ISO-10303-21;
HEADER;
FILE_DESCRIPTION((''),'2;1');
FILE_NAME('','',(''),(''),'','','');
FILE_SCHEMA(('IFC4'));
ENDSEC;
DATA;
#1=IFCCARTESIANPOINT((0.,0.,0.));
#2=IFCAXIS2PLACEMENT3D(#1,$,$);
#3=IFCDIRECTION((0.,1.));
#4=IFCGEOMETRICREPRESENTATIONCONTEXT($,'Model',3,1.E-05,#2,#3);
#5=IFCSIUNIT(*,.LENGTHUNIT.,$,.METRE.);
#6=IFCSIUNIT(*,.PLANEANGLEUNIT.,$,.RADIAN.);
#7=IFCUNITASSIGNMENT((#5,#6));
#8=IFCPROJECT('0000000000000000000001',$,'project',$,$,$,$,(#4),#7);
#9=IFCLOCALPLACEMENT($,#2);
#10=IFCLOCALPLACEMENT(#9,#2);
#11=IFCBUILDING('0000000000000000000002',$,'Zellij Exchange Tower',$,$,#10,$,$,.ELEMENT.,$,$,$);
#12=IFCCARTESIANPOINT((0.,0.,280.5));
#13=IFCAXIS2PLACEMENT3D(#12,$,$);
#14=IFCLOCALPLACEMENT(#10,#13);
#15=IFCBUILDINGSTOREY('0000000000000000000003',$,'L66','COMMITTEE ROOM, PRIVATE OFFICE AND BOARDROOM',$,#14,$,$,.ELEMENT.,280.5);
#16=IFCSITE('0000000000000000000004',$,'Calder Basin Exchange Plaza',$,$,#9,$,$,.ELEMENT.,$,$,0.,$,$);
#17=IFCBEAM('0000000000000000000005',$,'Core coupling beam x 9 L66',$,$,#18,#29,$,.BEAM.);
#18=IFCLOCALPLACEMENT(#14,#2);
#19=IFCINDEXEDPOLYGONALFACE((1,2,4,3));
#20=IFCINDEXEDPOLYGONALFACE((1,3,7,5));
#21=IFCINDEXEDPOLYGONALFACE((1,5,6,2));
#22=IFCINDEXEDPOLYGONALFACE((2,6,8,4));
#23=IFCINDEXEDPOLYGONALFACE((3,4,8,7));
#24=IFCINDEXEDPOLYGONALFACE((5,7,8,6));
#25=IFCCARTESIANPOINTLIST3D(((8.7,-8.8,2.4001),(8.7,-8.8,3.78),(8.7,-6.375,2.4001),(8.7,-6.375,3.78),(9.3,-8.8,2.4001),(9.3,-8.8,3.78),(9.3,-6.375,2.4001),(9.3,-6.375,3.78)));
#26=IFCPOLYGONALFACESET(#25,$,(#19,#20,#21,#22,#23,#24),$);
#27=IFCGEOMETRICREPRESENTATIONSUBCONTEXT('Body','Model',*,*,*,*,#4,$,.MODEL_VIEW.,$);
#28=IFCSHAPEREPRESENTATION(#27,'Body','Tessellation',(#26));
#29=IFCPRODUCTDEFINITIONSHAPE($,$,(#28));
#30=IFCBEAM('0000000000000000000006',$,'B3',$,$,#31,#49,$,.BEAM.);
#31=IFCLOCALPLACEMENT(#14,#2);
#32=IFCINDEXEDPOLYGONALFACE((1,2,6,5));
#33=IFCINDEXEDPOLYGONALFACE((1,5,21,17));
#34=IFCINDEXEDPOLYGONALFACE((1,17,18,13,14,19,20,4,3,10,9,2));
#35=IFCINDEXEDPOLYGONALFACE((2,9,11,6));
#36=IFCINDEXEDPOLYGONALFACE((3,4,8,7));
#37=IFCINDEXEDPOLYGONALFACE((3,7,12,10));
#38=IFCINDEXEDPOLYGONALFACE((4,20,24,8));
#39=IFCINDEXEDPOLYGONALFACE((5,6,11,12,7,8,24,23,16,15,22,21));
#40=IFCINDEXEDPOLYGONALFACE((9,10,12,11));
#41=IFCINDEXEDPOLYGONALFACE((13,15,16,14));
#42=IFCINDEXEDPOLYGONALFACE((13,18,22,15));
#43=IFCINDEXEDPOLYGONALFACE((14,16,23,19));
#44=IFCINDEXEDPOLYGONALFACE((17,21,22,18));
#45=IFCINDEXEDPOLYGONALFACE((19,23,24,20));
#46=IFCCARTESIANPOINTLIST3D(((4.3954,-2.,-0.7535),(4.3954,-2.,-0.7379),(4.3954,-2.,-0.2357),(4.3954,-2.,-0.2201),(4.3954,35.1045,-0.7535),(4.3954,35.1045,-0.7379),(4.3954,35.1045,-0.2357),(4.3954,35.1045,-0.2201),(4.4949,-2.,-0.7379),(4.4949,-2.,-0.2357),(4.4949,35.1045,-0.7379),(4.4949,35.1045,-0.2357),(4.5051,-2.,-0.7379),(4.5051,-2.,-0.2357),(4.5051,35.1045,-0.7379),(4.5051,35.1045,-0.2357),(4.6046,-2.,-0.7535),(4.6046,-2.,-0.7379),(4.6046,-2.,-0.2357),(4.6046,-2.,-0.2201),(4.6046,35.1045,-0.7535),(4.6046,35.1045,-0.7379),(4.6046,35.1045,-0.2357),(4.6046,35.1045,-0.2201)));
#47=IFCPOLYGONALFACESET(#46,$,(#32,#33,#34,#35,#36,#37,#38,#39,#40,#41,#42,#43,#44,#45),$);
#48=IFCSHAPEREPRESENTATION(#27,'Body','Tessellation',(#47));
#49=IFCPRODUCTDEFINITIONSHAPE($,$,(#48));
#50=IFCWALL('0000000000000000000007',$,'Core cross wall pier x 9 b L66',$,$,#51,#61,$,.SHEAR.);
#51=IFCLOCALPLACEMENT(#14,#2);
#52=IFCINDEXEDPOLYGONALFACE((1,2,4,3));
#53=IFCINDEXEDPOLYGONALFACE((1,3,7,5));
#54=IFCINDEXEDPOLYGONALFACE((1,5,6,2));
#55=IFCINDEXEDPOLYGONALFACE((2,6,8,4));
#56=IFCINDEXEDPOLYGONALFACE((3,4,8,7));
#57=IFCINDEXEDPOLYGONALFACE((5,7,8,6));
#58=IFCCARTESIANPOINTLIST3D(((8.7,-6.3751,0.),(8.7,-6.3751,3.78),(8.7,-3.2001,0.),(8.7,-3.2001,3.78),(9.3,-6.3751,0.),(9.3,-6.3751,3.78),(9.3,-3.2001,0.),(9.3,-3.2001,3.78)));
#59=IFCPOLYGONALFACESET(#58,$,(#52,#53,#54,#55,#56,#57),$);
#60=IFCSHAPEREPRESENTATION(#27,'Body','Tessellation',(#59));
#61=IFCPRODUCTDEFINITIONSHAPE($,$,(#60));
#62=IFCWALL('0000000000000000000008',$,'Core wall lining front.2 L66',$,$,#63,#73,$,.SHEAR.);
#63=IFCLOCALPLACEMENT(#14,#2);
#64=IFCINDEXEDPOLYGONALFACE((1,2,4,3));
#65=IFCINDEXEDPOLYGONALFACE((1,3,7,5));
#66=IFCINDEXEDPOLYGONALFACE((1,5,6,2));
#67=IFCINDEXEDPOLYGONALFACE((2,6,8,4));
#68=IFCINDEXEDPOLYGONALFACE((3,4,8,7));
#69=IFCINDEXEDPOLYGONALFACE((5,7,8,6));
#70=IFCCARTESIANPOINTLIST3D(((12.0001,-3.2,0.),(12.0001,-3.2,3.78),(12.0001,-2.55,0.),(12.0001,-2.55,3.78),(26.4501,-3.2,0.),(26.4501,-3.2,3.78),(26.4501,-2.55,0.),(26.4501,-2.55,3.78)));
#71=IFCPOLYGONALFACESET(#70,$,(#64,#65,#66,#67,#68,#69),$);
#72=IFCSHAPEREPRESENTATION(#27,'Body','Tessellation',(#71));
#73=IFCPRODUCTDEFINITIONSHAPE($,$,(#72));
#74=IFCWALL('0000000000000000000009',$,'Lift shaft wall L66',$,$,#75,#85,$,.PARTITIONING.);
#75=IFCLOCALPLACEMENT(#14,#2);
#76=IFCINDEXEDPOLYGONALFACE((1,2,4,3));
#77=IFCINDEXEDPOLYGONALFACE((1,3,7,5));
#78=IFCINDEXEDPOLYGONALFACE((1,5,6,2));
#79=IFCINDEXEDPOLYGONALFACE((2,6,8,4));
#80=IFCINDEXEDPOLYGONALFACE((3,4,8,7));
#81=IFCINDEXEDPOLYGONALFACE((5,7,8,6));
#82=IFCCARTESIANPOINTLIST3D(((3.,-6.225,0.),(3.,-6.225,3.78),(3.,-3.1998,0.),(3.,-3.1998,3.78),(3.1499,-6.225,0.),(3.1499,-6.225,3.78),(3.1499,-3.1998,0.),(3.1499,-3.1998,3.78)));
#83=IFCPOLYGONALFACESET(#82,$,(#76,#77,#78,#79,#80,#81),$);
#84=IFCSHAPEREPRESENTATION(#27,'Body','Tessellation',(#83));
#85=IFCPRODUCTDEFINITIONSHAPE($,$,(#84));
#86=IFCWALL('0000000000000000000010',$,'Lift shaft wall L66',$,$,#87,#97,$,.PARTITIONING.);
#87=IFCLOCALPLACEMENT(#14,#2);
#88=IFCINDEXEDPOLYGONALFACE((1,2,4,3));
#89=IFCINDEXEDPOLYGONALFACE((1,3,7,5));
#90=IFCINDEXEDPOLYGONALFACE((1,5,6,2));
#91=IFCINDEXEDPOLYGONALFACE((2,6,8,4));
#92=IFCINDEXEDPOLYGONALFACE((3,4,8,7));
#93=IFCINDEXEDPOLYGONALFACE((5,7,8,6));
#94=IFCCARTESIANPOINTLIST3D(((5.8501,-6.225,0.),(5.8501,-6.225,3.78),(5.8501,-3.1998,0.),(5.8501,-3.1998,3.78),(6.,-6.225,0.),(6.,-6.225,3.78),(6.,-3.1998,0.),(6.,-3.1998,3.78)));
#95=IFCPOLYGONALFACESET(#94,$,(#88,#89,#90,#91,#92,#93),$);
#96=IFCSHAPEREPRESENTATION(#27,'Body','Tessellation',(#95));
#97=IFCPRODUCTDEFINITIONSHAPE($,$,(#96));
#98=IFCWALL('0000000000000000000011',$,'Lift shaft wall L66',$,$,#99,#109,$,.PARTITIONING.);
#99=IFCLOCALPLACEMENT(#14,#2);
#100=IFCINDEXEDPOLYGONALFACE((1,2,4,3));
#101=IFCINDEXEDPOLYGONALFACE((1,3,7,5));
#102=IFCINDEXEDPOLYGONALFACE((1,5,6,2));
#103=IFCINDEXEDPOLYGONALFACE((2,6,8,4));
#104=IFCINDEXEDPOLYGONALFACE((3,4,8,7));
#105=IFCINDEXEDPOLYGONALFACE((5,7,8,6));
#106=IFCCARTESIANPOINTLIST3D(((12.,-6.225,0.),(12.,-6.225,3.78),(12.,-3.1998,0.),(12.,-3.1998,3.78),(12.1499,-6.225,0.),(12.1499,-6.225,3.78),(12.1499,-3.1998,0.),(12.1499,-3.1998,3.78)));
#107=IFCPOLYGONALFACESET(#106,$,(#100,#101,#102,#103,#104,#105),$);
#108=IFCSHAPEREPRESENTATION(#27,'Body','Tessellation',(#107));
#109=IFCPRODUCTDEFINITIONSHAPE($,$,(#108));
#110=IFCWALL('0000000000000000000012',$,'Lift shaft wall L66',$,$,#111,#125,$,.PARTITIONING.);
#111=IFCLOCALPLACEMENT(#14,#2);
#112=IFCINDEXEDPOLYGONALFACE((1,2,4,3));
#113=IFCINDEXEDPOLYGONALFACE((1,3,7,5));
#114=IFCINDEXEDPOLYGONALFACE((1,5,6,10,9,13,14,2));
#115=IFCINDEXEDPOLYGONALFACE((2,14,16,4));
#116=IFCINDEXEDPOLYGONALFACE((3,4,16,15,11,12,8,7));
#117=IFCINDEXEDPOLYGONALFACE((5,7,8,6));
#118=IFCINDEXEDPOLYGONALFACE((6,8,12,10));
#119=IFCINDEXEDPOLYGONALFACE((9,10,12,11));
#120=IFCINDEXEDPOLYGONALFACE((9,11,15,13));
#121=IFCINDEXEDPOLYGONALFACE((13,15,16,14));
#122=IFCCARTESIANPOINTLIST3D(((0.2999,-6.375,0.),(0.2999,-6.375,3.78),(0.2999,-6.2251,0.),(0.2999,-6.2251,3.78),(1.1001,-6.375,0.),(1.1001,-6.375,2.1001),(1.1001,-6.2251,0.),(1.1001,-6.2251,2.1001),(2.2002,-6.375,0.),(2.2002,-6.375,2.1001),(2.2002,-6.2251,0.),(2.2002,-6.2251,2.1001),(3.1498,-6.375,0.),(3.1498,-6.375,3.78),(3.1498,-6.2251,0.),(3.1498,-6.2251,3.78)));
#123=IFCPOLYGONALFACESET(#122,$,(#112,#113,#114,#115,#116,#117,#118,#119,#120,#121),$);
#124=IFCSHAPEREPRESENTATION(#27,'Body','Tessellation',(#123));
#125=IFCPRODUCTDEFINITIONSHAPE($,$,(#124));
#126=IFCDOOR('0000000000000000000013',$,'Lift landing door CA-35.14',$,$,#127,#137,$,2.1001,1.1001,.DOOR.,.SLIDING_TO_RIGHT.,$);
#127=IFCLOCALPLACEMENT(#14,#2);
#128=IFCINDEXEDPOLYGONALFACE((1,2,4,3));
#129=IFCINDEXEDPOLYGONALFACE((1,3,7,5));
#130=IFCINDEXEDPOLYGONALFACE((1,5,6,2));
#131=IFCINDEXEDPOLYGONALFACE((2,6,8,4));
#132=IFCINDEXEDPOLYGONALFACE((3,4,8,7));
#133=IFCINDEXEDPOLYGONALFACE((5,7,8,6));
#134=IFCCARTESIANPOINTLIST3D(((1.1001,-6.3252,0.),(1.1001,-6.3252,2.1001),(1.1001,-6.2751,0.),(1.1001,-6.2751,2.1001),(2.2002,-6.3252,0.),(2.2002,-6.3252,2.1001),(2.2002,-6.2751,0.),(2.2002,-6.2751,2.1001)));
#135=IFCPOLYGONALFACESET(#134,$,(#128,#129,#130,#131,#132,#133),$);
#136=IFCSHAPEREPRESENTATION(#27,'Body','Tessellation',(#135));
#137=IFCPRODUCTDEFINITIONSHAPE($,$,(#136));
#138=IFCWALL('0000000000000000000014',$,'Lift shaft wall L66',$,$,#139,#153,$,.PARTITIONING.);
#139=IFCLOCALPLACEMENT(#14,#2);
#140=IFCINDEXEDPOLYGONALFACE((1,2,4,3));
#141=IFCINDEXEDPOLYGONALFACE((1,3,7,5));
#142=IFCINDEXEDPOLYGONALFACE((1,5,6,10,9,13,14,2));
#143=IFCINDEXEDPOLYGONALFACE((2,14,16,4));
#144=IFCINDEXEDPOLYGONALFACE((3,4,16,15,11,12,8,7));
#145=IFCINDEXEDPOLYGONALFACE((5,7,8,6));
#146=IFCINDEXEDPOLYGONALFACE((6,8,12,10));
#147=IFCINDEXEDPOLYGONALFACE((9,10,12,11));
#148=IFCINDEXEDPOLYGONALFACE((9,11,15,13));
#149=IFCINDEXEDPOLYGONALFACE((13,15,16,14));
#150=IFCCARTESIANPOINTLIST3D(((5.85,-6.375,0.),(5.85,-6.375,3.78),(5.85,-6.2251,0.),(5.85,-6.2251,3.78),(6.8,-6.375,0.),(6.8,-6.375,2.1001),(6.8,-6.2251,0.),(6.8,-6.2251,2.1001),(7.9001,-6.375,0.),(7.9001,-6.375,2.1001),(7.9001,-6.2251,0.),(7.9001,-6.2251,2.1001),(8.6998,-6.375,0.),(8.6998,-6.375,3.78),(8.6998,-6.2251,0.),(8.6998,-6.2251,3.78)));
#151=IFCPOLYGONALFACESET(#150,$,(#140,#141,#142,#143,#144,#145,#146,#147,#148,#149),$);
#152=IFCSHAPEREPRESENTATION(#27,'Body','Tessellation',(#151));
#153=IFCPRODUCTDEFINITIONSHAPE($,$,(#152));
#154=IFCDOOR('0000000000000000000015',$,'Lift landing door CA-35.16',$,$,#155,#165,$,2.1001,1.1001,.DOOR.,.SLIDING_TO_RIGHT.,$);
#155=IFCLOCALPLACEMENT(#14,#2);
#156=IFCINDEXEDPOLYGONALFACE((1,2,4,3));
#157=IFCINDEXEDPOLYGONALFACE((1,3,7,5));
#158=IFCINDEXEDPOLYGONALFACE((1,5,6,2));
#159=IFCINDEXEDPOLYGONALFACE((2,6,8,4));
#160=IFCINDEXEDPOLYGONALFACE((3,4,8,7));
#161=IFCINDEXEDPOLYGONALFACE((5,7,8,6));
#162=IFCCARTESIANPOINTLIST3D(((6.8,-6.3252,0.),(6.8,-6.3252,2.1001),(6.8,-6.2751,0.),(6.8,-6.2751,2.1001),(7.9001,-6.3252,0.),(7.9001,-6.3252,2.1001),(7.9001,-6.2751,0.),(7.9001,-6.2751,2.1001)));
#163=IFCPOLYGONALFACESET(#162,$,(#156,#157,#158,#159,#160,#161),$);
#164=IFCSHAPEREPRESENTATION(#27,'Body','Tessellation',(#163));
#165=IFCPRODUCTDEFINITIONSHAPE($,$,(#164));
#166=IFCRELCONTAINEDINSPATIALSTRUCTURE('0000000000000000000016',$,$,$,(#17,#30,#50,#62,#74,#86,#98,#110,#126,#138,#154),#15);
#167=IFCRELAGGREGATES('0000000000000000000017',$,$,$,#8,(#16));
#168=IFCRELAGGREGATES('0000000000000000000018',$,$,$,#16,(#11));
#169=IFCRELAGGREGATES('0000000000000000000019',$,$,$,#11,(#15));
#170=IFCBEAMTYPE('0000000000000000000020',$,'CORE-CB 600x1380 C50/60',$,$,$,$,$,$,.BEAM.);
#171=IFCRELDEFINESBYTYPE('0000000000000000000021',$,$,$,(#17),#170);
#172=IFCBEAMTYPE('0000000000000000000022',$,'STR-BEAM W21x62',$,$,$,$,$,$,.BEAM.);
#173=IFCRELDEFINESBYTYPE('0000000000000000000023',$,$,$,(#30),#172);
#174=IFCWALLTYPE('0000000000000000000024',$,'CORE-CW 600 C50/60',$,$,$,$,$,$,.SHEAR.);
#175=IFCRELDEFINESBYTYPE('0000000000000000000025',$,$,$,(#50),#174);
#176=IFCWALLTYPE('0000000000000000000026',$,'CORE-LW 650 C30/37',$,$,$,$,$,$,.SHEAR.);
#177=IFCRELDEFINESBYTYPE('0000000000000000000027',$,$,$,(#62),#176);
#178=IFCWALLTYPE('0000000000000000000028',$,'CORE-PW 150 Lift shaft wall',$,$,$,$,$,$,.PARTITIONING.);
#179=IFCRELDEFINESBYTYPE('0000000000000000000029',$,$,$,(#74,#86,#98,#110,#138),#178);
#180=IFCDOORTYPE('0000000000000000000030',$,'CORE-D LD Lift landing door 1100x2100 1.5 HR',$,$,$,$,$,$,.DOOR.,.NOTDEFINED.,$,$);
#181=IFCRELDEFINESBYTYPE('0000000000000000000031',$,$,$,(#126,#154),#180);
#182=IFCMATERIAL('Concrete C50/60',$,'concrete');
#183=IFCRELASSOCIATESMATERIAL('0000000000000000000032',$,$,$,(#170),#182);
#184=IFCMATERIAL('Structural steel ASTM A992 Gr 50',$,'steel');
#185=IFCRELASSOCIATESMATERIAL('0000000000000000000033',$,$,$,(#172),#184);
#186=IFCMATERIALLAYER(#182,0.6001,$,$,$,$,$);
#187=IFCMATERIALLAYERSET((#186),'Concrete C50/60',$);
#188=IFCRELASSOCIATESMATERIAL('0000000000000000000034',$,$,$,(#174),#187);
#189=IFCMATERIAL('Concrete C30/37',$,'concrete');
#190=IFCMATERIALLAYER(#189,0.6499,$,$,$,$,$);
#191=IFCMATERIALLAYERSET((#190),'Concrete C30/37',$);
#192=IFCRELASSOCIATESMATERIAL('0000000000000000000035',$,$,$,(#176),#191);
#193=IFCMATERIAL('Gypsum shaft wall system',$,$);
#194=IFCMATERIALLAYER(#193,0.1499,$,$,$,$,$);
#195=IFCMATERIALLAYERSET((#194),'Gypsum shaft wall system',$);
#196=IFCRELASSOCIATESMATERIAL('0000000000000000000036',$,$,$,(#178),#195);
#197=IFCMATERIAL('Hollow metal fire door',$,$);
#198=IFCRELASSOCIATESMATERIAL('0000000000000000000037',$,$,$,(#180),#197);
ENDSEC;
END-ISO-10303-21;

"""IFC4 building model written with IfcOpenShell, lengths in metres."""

from ifc_helpers import new_model, si_unit, direction, frame, frame_2d, origin, origin_2d, place, context, subcontext, project, spatial, rectangle, i_section, extrude, material, layer, layer_set, material_profile, profile_set, type_object, element, fill, save


model = new_model("IFC4")

# Units and contexts
model_context = context("Model", 3, precision=1e-05, world=origin(), true_north=direction((0.0, 1.0)))
body_context = subcontext(model_context, "Body", "Model", "MODEL_VIEW")
ifc_project = project(units=[si_unit("LENGTHUNIT", "METRE"), si_unit("PLANEANGLEUNIT", "RADIAN")], contexts=[model_context])

# Site, building, storey
site_placement = place(None, origin())
site = spatial("IfcSite", under=ifc_project, at=site_placement, Name="Calder Basin Exchange Plaza", CompositionType="ELEMENT", RefElevation=0.0)
building_placement = place(site_placement, origin())
building = spatial("IfcBuilding", under=site, at=building_placement, Name="Zellij Exchange Tower", CompositionType="ELEMENT")
storey_placement = place(building_placement, frame((0.0, 0.0, 280.5)))
storey = spatial("IfcBuildingStorey", under=building, at=storey_placement, Name="L66", Description="COMMITTEE ROOM, PRIVATE OFFICE AND BOARDROOM", CompositionType="ELEMENT", Elevation=280.5)

# Beams
ifc_material_1 = material(Name="Concrete C50/60", Category="concrete")
ifc_material_profile_1 = material_profile(ifc_material_1, rectangle(XDim=0.6001, YDim=1.3799, at=origin_2d()), Name="CORE-CB 600x1380 C50/60")
ifc_profile_set_1 = profile_set([ifc_material_profile_1], Name="Concrete C50/60")
beam_type_1 = type_object("IfcBeamType", Name="CORE-CB 600x1380 C50/60", PredefinedType="BEAM", material=ifc_profile_set_1)
beam_1_placement = place(storey_placement, frame((9.0, -8.8, 3.0901), z_axis=(0.0, 1.0, 0.0), x_axis=(-1.0, 0.0, 0.0)))
element("IfcBeam", 1, at=beam_1_placement, inside=storey, type_object=beam_type_1, Name="Core coupling beam x 9 L66", PredefinedType="BEAM", context=body_context, shape_type="SweptSolid", body=[
    extrude(rectangle(XDim=0.6001, YDim=1.3799, at=origin_2d()), origin(), (0.0, 0.0, 1.0), 2.425),
])
ifc_material_2 = material(Name="Structural steel ASTM A992 Gr 50", Category="steel")
ifc_material_profile_2 = material_profile(ifc_material_2, i_section(OverallWidth=0.2092, OverallDepth=0.5334, WebThickness=0.0103, FlangeThickness=0.0156, at=origin_2d()), Name="W21x62")
ifc_profile_set_2 = profile_set([ifc_material_profile_2], Name="Structural steel ASTM A992 Gr 50")
beam_type_2 = type_object("IfcBeamType", Name="STR-BEAM W21x62", PredefinedType="BEAM", material=ifc_profile_set_2)
beam_2_placement = place(storey_placement, frame((4.5, -2.0, -0.4868), z_axis=(0.0, 1.0, 0.0), x_axis=(-1.0, 0.0, 0.0)))
element("IfcBeam", 2, at=beam_2_placement, inside=storey, type_object=beam_type_2, Name="B3", PredefinedType="BEAM", context=body_context, shape_type="SweptSolid", body=[
    extrude(i_section(OverallWidth=0.2092, OverallDepth=0.5334, WebThickness=0.0103, FlangeThickness=0.0156, at=origin_2d()), origin(), (0.0, 0.0, 1.0), 37.1045),
])

# Walls
ifc_layer_1 = layer(ifc_material_1, 0.6001)
ifc_layer_set_1 = layer_set([ifc_layer_1], Name="Concrete C50/60")
wall_type_1 = type_object("IfcWallType", Name="CORE-CW 600 C50/60", PredefinedType="SHEAR", material=ifc_layer_set_1)
wall_1_placement = place(storey_placement, frame((9.0, -6.375, 0.0), z_axis=(0.0, 0.0, 1.0), x_axis=(0.0, 1.0, 0.0)))
element("IfcWall", 3, at=wall_1_placement, inside=storey, type_object=wall_type_1, Name="Core cross wall pier x 9 b L66", PredefinedType="SHEAR", context=body_context, shape_type="SweptSolid", body=[
    extrude(rectangle(XDim=3.175, YDim=0.6001, at=frame_2d((1.5874, 0.0))), origin(), (0.0, 0.0, 1.0), 3.78),
])
ifc_material_3 = material(Name="Concrete C30/37", Category="concrete")
ifc_layer_2 = layer(ifc_material_3, 0.6499)
ifc_layer_set_2 = layer_set([ifc_layer_2], Name="Concrete C30/37")
wall_type_2 = type_object("IfcWallType", Name="CORE-LW 650 C30/37", PredefinedType="SHEAR", material=ifc_layer_set_2)
wall_2_placement = place(storey_placement, frame((12.0, -2.875, 0.0), z_axis=(0.0, 0.0, 1.0), x_axis=(1.0, 0.0, 0.0)))
element("IfcWall", 4, at=wall_2_placement, inside=storey, type_object=wall_type_2, Name="Core wall lining front.2 L66", PredefinedType="SHEAR", context=body_context, shape_type="SweptSolid", body=[
    extrude(rectangle(XDim=14.45, YDim=0.6499, at=frame_2d((7.2251, 0.0))), origin(), (0.0, 0.0, 1.0), 3.78),
])
ifc_material_4 = material(Name="Gypsum shaft wall system")
ifc_layer_3 = layer(ifc_material_4, 0.1499)
ifc_layer_set_3 = layer_set([ifc_layer_3], Name="Gypsum shaft wall system")
wall_type_3 = type_object("IfcWallType", Name="CORE-PW 150 Lift shaft wall", PredefinedType="PARTITIONING", material=ifc_layer_set_3)
for number, where, z_axis, x_axis, name in (
    (5, (3.075, -6.2251, 0.0), (0.0, 0.0, 1.0), (0.0, 1.0, 0.0), "Lift shaft wall L66"),
    (6, (5.925, -6.2251, 0.0), (0.0, 0.0, 1.0), (0.0, 1.0, 0.0), "Lift shaft wall L66"),
    (7, (12.075, -6.2251, 0.0), (0.0, 0.0, 1.0), (0.0, 1.0, 0.0), "Lift shaft wall L66"),
):
    element("IfcWall", number, at=place(storey_placement, frame(where, z_axis=z_axis, x_axis=x_axis)), inside=storey, type_object=wall_type_3, Name=name, PredefinedType="PARTITIONING", context=body_context, shape_type="SweptSolid", body=[
        extrude(rectangle(XDim=3.0251, YDim=0.1499, at=frame_2d((1.5127, 0.0))), origin(), (0.0, 0.0, 1.0), 3.78),
    ])

# Walls, openings, doors
wall_3_placement = place(storey_placement, frame((0.3, -6.3, 0.0), z_axis=(0.0, 0.0, 1.0), x_axis=(1.0, 0.0, 0.0)))
wall_3 = element("IfcWall", 8, at=wall_3_placement, inside=storey, type_object=wall_type_3, Name="Lift shaft wall L66", PredefinedType="PARTITIONING", context=body_context, shape_type="SweptSolid", body=[
    extrude(rectangle(XDim=2.8499, YDim=0.1499, at=frame_2d((1.4248, 0.0))), origin(), (0.0, 0.0, 1.0), 3.78),
])
opening_1_placement = place(wall_3_placement, frame((0.8, 0.0, 0.0)))
opening_1 = element("IfcOpeningElement", 9, at=opening_1_placement, cuts=wall_3, PredefinedType="OPENING", context=body_context, shape_type="SweptSolid", body=[
    extrude(rectangle(XDim=1.1001, YDim=2.1001, at=frame_2d((0.55, 1.05))), frame((0.0, 0.0869, 0.0), z_axis=(0.0, -1.0, 0.0), x_axis=(1.0, 0.0, 0.0)), (0.0, 0.0, 1.0), 0.1738),
])
ifc_material_5 = material(Name="Hollow metal fire door")
door_type = type_object("IfcDoorType", Name="CORE-D LD Lift landing door 1100x2100 1.5 HR", OperationType="NOTDEFINED", PredefinedType="DOOR", material=ifc_material_5)
door_1_placement = place(opening_1_placement, origin())
door_1 = element("IfcDoor", 10, at=door_1_placement, inside=storey, type_object=door_type, Name="Lift landing door CA-35.14", OperationType="SLIDING_TO_RIGHT", OverallHeight=2.1001, OverallWidth=1.1001, PredefinedType="DOOR", context=body_context, shape_type="SweptSolid", body=[
    extrude(rectangle(XDim=1.1001, YDim=2.1001, at=frame_2d((0.55, 1.05))), frame((0.0, 0.0249, 0.0), z_axis=(0.0, -1.0, 0.0), x_axis=(1.0, 0.0, 0.0)), (0.0, 0.0, 1.0), 0.05),
])
fill(opening_1, door_1)
wall_4_placement = place(storey_placement, frame((5.8501, -6.3, 0.0), z_axis=(0.0, 0.0, 1.0), x_axis=(1.0, 0.0, 0.0)))
wall_4 = element("IfcWall", 11, at=wall_4_placement, inside=storey, type_object=wall_type_3, Name="Lift shaft wall L66", PredefinedType="PARTITIONING", context=body_context, shape_type="SweptSolid", body=[
    extrude(rectangle(XDim=2.8499, YDim=0.1499, at=frame_2d((1.4248, 0.0))), origin(), (0.0, 0.0, 1.0), 3.78),
])
opening_2_placement = place(wall_4_placement, frame((0.95, 0.0, 0.0)))
opening_2 = element("IfcOpeningElement", 12, at=opening_2_placement, cuts=wall_4, PredefinedType="OPENING", context=body_context, shape_type="SweptSolid", body=[
    extrude(rectangle(XDim=1.1001, YDim=2.1001, at=frame_2d((0.55, 1.05))), frame((0.0, 0.0869, 0.0), z_axis=(0.0, -1.0, 0.0), x_axis=(1.0, 0.0, 0.0)), (0.0, 0.0, 1.0), 0.1738),
])
door_2_placement = place(opening_2_placement, origin())
door_2 = element("IfcDoor", 13, at=door_2_placement, inside=storey, type_object=door_type, Name="Lift landing door CA-35.16", OperationType="SLIDING_TO_RIGHT", OverallHeight=2.1001, OverallWidth=1.1001, PredefinedType="DOOR", context=body_context, shape_type="SweptSolid", body=[
    extrude(rectangle(XDim=1.1001, YDim=2.1001, at=frame_2d((0.55, 1.05))), frame((0.0, 0.0249, 0.0), z_axis=(0.0, -1.0, 0.0), x_axis=(1.0, 0.0, 0.0)), (0.0, 0.0, 1.0), 0.05),
])
fill(opening_2, door_2)

save(model, "model.ifc")
